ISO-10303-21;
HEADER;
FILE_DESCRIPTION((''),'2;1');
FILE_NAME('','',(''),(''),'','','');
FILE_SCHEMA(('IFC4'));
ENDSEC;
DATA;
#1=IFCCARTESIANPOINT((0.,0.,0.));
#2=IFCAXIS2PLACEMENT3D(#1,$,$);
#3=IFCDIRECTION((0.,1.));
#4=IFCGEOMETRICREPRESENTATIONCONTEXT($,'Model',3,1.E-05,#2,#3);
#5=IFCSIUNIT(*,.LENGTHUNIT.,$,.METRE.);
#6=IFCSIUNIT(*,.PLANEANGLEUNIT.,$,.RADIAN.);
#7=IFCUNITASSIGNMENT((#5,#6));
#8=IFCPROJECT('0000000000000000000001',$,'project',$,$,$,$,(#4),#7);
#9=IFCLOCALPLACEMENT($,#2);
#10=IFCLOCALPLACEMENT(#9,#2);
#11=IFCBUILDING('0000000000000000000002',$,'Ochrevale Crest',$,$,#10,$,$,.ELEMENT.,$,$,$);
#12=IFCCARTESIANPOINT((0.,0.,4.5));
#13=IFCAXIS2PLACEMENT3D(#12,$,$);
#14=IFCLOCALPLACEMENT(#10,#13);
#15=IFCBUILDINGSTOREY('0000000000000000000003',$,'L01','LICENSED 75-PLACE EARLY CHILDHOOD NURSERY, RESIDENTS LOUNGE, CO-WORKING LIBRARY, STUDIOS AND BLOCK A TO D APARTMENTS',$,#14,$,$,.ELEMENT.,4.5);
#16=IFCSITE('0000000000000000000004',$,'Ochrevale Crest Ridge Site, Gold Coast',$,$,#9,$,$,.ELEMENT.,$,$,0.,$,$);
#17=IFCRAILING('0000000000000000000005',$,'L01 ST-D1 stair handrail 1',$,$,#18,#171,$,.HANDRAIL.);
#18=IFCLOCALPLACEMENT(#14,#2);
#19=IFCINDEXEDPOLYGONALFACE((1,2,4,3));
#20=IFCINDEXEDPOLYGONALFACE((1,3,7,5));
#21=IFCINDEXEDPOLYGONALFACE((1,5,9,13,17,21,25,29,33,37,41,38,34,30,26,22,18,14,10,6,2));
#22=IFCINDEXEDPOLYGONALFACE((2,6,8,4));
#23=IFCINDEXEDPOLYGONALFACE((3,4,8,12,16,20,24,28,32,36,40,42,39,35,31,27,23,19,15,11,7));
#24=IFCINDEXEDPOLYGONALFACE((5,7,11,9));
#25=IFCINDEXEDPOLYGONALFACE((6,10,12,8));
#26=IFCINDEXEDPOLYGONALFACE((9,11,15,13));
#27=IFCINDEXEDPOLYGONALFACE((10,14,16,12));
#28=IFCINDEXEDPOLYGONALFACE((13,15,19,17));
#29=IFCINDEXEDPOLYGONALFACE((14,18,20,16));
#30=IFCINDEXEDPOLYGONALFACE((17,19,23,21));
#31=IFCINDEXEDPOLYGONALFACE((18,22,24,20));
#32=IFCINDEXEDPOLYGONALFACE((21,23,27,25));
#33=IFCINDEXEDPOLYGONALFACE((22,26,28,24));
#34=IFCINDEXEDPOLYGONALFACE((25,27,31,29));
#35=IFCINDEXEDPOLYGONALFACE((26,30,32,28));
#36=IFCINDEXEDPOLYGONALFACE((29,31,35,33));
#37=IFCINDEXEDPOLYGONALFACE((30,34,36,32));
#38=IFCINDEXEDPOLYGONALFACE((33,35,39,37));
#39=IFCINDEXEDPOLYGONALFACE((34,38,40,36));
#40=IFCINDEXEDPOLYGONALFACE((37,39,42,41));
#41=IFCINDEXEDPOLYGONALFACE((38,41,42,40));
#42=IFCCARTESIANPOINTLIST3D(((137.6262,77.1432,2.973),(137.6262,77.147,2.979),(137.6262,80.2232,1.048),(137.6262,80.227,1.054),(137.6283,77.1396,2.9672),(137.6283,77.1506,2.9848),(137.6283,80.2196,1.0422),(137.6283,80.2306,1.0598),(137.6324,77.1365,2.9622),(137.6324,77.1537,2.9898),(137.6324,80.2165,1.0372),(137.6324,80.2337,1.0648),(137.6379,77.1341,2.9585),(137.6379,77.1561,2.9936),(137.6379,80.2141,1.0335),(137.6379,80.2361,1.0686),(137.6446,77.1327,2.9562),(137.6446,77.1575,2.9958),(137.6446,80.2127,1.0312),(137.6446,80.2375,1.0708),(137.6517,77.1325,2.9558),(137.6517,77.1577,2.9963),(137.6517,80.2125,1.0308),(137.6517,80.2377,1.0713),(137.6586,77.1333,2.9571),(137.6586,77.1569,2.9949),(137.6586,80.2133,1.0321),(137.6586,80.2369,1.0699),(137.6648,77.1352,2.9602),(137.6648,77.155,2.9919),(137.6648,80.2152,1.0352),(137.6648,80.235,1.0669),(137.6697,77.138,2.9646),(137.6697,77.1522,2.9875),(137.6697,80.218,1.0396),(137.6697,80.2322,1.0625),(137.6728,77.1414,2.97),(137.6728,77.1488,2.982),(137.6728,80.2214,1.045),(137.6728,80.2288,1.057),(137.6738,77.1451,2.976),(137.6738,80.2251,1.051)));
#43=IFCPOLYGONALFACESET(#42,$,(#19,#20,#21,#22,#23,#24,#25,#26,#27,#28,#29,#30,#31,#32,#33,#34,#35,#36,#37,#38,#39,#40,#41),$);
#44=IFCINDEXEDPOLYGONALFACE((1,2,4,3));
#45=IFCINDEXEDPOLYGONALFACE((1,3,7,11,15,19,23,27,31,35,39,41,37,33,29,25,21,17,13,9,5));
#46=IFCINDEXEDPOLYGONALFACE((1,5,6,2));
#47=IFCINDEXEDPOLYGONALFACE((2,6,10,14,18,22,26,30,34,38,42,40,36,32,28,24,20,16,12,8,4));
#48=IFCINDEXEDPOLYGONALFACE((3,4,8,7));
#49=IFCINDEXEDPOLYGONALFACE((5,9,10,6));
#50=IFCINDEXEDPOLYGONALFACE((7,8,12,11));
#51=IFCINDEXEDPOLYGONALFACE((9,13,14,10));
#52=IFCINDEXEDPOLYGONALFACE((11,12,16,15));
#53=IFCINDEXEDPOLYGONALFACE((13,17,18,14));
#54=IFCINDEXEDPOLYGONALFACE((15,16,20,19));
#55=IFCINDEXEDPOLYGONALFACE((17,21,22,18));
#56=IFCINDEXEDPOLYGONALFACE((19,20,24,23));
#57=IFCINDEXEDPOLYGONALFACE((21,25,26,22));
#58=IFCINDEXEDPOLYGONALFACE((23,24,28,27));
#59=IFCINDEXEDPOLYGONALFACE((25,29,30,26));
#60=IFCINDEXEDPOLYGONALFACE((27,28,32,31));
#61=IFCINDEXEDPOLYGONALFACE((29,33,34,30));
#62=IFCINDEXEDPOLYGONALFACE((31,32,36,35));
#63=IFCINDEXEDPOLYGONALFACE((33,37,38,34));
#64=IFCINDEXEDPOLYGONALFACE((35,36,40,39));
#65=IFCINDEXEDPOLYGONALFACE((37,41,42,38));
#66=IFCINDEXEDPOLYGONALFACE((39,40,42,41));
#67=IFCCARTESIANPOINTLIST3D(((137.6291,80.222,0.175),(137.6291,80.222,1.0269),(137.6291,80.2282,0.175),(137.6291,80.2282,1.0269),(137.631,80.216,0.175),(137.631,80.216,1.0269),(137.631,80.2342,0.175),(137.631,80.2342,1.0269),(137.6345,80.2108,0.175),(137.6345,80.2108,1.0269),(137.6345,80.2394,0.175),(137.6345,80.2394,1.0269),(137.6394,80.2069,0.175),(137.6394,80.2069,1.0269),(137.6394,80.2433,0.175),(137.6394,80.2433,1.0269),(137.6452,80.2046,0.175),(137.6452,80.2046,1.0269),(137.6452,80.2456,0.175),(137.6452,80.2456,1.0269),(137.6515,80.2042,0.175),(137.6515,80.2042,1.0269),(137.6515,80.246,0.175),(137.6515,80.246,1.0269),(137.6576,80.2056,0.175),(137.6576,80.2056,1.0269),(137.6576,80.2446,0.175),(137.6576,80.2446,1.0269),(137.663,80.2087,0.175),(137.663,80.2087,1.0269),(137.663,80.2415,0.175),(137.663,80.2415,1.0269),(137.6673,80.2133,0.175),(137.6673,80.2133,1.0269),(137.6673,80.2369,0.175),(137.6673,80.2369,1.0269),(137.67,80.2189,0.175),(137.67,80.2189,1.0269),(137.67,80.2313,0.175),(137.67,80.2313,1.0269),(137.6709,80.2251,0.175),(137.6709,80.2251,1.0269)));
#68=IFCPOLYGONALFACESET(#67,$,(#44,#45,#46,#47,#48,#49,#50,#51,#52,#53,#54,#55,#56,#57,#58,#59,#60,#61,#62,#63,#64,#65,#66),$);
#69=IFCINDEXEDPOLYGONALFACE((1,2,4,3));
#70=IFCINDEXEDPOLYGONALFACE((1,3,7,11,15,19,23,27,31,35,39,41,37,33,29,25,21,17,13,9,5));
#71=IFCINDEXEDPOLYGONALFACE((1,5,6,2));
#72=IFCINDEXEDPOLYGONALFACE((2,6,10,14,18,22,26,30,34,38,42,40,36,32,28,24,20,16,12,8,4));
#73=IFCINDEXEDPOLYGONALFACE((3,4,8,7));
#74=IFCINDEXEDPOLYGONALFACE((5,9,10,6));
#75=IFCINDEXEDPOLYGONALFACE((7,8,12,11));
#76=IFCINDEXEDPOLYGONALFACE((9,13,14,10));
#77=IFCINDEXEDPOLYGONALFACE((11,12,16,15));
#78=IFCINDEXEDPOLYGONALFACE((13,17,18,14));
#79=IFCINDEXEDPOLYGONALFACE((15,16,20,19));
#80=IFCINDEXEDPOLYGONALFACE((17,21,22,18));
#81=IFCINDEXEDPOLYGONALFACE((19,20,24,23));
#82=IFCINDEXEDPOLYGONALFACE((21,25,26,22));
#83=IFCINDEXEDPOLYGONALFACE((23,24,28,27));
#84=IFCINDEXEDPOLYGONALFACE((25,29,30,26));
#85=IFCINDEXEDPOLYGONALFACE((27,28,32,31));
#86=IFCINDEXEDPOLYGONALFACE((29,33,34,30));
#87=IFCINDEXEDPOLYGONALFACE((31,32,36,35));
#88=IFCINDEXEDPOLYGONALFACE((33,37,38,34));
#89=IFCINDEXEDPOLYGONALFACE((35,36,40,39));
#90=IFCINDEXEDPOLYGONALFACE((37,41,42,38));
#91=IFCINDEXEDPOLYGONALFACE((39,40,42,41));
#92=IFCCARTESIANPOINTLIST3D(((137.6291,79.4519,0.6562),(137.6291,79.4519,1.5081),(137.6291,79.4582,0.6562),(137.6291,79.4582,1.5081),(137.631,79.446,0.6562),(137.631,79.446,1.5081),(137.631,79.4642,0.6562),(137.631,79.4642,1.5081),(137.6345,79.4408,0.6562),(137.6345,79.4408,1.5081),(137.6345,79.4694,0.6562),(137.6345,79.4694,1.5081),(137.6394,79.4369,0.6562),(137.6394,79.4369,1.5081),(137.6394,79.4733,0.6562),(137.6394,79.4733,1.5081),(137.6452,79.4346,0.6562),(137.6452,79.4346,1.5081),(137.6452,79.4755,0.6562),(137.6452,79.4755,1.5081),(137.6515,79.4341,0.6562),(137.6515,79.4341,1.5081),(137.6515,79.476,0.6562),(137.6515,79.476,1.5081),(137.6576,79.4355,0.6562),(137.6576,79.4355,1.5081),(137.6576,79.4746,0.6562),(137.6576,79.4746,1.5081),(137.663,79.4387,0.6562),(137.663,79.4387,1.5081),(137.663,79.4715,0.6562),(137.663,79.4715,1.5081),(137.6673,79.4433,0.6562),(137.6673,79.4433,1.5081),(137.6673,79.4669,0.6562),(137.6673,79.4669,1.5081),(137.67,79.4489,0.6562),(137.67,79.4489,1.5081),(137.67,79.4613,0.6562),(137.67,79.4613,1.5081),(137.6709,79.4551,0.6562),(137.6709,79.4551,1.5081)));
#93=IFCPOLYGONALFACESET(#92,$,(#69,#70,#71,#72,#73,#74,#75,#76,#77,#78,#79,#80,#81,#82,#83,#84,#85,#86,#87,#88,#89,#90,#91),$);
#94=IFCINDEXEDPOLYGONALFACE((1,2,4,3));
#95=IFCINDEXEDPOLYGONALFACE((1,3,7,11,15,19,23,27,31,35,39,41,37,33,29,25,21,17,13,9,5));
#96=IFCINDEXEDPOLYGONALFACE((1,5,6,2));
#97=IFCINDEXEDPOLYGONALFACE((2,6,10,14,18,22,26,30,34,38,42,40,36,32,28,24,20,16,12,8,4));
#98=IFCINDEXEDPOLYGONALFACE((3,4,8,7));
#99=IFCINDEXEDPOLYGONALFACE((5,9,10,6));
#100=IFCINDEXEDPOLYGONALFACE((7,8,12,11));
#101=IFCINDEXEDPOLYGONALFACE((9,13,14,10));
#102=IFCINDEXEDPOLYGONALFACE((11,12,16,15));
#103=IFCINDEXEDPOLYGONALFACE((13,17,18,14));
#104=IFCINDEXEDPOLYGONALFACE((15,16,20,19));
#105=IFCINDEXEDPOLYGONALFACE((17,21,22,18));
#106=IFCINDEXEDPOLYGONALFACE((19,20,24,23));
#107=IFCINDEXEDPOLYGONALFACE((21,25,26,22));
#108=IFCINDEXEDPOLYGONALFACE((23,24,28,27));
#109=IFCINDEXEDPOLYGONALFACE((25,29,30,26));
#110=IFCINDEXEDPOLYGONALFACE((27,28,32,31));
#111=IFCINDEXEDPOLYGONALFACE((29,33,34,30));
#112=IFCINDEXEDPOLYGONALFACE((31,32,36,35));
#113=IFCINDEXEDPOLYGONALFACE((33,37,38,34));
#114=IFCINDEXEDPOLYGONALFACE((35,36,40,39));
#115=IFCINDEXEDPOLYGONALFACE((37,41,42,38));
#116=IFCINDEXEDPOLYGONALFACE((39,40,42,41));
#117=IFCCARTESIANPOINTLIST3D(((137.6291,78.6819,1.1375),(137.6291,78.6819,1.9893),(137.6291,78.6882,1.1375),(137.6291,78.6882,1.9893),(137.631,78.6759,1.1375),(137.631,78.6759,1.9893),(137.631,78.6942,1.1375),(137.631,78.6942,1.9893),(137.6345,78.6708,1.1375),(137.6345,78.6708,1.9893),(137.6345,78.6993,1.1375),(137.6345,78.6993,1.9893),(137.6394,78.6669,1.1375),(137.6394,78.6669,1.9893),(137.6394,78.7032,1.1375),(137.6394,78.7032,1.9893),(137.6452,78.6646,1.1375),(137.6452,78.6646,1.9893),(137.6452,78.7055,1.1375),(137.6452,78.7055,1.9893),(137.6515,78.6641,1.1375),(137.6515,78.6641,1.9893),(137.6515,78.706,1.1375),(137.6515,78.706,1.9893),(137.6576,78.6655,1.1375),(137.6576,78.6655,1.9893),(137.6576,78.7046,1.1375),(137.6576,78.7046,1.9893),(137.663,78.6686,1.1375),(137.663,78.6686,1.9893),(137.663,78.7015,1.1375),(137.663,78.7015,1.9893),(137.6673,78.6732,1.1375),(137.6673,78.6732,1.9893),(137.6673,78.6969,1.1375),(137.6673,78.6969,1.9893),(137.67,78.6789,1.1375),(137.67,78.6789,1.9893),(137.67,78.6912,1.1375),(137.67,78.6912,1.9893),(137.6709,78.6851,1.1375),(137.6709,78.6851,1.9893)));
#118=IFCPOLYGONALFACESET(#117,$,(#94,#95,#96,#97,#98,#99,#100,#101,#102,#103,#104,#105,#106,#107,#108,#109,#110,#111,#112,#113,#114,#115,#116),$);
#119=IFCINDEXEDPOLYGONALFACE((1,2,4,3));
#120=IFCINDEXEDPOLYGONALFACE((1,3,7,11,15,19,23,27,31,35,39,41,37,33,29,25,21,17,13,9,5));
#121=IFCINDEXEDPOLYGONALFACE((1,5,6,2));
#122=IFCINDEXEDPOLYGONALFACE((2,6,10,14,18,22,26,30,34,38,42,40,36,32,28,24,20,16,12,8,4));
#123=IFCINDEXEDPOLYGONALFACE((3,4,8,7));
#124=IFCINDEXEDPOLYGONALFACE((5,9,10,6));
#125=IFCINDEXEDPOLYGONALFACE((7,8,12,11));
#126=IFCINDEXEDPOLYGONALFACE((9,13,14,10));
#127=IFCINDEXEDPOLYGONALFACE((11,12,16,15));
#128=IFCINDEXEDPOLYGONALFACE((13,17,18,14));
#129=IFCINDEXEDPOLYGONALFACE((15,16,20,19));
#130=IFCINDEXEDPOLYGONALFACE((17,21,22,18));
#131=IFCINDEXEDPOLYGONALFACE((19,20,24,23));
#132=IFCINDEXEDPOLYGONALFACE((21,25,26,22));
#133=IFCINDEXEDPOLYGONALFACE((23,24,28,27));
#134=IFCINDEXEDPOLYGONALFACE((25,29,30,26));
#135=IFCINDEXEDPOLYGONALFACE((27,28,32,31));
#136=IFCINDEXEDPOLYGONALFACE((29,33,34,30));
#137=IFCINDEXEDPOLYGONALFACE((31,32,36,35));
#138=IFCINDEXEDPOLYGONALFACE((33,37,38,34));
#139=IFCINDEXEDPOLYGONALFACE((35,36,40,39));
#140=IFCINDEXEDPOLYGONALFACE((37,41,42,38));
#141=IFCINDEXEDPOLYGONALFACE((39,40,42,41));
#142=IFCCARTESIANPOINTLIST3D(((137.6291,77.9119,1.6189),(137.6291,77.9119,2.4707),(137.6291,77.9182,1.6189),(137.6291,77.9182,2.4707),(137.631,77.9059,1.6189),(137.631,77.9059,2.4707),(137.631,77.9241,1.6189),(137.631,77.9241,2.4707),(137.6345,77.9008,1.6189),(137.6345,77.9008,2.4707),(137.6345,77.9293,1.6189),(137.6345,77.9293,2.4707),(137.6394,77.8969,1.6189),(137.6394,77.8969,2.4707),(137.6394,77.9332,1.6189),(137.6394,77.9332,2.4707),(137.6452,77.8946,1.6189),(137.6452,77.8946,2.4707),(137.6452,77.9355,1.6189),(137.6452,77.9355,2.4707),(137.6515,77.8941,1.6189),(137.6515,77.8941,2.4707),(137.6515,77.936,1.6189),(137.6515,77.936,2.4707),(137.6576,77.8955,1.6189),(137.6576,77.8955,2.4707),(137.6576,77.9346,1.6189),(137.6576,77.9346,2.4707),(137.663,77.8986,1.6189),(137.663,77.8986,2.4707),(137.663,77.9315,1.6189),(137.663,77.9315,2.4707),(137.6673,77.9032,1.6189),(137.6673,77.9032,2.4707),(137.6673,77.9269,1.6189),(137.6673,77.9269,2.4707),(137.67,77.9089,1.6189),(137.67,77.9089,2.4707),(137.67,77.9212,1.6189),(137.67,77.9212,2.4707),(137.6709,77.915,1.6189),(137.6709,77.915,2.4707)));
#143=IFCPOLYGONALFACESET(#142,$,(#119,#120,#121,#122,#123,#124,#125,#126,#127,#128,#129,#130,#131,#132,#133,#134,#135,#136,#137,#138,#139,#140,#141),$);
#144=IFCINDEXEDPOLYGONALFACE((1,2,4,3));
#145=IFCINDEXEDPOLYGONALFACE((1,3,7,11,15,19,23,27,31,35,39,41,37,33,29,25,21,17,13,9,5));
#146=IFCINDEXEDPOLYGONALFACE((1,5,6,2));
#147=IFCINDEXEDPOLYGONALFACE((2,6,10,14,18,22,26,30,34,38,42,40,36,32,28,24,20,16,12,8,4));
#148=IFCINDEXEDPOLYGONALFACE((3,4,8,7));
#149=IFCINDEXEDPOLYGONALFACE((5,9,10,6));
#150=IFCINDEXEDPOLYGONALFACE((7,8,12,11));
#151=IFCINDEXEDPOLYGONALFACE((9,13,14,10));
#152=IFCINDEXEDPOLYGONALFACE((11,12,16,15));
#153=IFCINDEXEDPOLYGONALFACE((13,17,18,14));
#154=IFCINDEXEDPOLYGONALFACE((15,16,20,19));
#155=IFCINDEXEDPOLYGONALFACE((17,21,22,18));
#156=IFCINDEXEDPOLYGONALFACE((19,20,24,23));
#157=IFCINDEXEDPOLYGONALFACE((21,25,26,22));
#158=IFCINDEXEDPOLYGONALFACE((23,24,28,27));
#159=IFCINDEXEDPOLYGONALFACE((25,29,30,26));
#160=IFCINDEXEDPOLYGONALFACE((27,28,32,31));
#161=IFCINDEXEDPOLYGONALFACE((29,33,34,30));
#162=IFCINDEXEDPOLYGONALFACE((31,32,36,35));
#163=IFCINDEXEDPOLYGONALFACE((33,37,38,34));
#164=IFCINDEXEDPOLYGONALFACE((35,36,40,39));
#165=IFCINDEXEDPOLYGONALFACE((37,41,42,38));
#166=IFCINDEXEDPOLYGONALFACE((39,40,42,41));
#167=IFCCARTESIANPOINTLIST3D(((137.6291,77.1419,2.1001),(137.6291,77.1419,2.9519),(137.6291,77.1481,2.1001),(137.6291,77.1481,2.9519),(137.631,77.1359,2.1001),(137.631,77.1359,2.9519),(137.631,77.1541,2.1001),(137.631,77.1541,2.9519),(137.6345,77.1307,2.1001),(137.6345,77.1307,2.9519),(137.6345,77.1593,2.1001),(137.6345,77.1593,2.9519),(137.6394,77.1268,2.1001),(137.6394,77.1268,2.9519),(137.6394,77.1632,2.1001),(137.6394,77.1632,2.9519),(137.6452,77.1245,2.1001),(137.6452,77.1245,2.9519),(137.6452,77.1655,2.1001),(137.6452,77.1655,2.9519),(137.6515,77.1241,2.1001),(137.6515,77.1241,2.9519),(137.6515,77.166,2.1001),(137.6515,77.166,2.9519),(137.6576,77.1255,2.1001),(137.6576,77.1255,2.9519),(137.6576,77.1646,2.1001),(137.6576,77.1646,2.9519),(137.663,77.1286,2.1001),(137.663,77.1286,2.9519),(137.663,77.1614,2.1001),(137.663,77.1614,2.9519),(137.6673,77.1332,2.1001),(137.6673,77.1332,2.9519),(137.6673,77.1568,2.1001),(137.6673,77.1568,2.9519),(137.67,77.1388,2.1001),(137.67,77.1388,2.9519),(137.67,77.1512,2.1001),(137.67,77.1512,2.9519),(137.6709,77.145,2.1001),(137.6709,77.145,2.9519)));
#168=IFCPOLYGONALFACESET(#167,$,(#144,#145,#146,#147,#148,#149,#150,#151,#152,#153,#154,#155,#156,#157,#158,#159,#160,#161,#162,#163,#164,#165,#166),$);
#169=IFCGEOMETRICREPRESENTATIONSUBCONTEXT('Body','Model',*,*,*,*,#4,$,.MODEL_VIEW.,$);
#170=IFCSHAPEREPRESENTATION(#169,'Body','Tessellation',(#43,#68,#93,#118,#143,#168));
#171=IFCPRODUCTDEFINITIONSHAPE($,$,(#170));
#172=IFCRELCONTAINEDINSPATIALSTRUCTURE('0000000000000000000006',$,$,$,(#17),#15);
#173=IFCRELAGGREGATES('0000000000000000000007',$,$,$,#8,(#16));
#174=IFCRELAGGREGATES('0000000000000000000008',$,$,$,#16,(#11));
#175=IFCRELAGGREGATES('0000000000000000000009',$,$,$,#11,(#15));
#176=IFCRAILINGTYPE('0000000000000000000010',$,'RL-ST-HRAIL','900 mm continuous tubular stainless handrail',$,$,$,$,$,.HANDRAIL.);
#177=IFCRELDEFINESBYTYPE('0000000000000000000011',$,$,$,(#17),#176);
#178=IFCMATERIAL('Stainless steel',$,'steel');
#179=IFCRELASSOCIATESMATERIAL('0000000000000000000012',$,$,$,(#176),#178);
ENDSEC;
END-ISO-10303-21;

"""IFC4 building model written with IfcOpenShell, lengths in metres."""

from ifc_helpers import new_model, si_unit, direction, frame, origin, origin_2d, place, context, subcontext, project, spatial, circle, extrude, material, type_object, element, save


model = new_model("IFC4")

# Units and contexts
model_context = context("Model", 3, precision=1e-05, world=origin(), true_north=direction((0.0, 1.0)))
body_context = subcontext(model_context, "Body", "Model", "MODEL_VIEW")
ifc_project = project(units=[si_unit("LENGTHUNIT", "METRE"), si_unit("PLANEANGLEUNIT", "RADIAN")], contexts=[model_context])

# Site, building, storey
site_placement = place(None, origin())
site = spatial("IfcSite", under=ifc_project, at=site_placement, Name="Ochrevale Crest Ridge Site, Gold Coast", CompositionType="ELEMENT", RefElevation=0.0)
building_placement = place(site_placement, origin())
building = spatial("IfcBuilding", under=site, at=building_placement, Name="Ochrevale Crest", CompositionType="ELEMENT")
storey_placement = place(building_placement, frame((0.0, 0.0, 4.5)))
storey = spatial("IfcBuildingStorey", under=building, at=storey_placement, Name="L01", Description="LICENSED 75-PLACE EARLY CHILDHOOD NURSERY, RESIDENTS LOUNGE, CO-WORKING LIBRARY, STUDIOS AND BLOCK A TO D APARTMENTS", CompositionType="ELEMENT", Elevation=4.5)

# Railing
ifc_material_1 = material(Name="Stainless steel", Category="steel")
railing_type_1 = type_object("IfcRailingType", Name="RL-ST-HRAIL", Description="900 mm continuous tubular stainless handrail", PredefinedType="HANDRAIL", material=ifc_material_1)
railing_1_placement = place(storey_placement, frame((137.6499, 80.2251, 0.175)))
element("IfcRailing", 1, at=railing_1_placement, inside=storey, type_object=railing_type_1, Name="L01 ST-D1 stair handrail 1", PredefinedType="HANDRAIL", context=body_context, shape_type="SweptSolid", body=[
    extrude(circle(Radius=0.0239, at=origin_2d()), frame((0.0, 0.0, 0.876), z_axis=(0.0, -0.847998, 0.529999), x_axis=(1.0, 0.0, 0.0)), (0.0, 0.0, 1.0), 3.6321),
    extrude(circle(Radius=0.021, at=origin_2d()), origin(), (0.0, 0.0, 1.0), 0.8518),
    extrude(circle(Radius=0.021, at=origin_2d()), frame((0.0, -0.77, 0.4812)), (0.0, 0.0, 1.0), 0.8518),
    extrude(circle(Radius=0.021, at=origin_2d()), frame((0.0, -1.54, 0.9624)), (0.0, 0.0, 1.0), 0.8518),
    extrude(circle(Radius=0.021, at=origin_2d()), frame((0.0, -2.3101, 1.4438)), (0.0, 0.0, 1.0), 0.8518),
    extrude(circle(Radius=0.021, at=origin_2d()), frame((0.0, -3.0801, 1.925)), (0.0, 0.0, 1.0), 0.8518),
])

save(model, "model.ifc")
